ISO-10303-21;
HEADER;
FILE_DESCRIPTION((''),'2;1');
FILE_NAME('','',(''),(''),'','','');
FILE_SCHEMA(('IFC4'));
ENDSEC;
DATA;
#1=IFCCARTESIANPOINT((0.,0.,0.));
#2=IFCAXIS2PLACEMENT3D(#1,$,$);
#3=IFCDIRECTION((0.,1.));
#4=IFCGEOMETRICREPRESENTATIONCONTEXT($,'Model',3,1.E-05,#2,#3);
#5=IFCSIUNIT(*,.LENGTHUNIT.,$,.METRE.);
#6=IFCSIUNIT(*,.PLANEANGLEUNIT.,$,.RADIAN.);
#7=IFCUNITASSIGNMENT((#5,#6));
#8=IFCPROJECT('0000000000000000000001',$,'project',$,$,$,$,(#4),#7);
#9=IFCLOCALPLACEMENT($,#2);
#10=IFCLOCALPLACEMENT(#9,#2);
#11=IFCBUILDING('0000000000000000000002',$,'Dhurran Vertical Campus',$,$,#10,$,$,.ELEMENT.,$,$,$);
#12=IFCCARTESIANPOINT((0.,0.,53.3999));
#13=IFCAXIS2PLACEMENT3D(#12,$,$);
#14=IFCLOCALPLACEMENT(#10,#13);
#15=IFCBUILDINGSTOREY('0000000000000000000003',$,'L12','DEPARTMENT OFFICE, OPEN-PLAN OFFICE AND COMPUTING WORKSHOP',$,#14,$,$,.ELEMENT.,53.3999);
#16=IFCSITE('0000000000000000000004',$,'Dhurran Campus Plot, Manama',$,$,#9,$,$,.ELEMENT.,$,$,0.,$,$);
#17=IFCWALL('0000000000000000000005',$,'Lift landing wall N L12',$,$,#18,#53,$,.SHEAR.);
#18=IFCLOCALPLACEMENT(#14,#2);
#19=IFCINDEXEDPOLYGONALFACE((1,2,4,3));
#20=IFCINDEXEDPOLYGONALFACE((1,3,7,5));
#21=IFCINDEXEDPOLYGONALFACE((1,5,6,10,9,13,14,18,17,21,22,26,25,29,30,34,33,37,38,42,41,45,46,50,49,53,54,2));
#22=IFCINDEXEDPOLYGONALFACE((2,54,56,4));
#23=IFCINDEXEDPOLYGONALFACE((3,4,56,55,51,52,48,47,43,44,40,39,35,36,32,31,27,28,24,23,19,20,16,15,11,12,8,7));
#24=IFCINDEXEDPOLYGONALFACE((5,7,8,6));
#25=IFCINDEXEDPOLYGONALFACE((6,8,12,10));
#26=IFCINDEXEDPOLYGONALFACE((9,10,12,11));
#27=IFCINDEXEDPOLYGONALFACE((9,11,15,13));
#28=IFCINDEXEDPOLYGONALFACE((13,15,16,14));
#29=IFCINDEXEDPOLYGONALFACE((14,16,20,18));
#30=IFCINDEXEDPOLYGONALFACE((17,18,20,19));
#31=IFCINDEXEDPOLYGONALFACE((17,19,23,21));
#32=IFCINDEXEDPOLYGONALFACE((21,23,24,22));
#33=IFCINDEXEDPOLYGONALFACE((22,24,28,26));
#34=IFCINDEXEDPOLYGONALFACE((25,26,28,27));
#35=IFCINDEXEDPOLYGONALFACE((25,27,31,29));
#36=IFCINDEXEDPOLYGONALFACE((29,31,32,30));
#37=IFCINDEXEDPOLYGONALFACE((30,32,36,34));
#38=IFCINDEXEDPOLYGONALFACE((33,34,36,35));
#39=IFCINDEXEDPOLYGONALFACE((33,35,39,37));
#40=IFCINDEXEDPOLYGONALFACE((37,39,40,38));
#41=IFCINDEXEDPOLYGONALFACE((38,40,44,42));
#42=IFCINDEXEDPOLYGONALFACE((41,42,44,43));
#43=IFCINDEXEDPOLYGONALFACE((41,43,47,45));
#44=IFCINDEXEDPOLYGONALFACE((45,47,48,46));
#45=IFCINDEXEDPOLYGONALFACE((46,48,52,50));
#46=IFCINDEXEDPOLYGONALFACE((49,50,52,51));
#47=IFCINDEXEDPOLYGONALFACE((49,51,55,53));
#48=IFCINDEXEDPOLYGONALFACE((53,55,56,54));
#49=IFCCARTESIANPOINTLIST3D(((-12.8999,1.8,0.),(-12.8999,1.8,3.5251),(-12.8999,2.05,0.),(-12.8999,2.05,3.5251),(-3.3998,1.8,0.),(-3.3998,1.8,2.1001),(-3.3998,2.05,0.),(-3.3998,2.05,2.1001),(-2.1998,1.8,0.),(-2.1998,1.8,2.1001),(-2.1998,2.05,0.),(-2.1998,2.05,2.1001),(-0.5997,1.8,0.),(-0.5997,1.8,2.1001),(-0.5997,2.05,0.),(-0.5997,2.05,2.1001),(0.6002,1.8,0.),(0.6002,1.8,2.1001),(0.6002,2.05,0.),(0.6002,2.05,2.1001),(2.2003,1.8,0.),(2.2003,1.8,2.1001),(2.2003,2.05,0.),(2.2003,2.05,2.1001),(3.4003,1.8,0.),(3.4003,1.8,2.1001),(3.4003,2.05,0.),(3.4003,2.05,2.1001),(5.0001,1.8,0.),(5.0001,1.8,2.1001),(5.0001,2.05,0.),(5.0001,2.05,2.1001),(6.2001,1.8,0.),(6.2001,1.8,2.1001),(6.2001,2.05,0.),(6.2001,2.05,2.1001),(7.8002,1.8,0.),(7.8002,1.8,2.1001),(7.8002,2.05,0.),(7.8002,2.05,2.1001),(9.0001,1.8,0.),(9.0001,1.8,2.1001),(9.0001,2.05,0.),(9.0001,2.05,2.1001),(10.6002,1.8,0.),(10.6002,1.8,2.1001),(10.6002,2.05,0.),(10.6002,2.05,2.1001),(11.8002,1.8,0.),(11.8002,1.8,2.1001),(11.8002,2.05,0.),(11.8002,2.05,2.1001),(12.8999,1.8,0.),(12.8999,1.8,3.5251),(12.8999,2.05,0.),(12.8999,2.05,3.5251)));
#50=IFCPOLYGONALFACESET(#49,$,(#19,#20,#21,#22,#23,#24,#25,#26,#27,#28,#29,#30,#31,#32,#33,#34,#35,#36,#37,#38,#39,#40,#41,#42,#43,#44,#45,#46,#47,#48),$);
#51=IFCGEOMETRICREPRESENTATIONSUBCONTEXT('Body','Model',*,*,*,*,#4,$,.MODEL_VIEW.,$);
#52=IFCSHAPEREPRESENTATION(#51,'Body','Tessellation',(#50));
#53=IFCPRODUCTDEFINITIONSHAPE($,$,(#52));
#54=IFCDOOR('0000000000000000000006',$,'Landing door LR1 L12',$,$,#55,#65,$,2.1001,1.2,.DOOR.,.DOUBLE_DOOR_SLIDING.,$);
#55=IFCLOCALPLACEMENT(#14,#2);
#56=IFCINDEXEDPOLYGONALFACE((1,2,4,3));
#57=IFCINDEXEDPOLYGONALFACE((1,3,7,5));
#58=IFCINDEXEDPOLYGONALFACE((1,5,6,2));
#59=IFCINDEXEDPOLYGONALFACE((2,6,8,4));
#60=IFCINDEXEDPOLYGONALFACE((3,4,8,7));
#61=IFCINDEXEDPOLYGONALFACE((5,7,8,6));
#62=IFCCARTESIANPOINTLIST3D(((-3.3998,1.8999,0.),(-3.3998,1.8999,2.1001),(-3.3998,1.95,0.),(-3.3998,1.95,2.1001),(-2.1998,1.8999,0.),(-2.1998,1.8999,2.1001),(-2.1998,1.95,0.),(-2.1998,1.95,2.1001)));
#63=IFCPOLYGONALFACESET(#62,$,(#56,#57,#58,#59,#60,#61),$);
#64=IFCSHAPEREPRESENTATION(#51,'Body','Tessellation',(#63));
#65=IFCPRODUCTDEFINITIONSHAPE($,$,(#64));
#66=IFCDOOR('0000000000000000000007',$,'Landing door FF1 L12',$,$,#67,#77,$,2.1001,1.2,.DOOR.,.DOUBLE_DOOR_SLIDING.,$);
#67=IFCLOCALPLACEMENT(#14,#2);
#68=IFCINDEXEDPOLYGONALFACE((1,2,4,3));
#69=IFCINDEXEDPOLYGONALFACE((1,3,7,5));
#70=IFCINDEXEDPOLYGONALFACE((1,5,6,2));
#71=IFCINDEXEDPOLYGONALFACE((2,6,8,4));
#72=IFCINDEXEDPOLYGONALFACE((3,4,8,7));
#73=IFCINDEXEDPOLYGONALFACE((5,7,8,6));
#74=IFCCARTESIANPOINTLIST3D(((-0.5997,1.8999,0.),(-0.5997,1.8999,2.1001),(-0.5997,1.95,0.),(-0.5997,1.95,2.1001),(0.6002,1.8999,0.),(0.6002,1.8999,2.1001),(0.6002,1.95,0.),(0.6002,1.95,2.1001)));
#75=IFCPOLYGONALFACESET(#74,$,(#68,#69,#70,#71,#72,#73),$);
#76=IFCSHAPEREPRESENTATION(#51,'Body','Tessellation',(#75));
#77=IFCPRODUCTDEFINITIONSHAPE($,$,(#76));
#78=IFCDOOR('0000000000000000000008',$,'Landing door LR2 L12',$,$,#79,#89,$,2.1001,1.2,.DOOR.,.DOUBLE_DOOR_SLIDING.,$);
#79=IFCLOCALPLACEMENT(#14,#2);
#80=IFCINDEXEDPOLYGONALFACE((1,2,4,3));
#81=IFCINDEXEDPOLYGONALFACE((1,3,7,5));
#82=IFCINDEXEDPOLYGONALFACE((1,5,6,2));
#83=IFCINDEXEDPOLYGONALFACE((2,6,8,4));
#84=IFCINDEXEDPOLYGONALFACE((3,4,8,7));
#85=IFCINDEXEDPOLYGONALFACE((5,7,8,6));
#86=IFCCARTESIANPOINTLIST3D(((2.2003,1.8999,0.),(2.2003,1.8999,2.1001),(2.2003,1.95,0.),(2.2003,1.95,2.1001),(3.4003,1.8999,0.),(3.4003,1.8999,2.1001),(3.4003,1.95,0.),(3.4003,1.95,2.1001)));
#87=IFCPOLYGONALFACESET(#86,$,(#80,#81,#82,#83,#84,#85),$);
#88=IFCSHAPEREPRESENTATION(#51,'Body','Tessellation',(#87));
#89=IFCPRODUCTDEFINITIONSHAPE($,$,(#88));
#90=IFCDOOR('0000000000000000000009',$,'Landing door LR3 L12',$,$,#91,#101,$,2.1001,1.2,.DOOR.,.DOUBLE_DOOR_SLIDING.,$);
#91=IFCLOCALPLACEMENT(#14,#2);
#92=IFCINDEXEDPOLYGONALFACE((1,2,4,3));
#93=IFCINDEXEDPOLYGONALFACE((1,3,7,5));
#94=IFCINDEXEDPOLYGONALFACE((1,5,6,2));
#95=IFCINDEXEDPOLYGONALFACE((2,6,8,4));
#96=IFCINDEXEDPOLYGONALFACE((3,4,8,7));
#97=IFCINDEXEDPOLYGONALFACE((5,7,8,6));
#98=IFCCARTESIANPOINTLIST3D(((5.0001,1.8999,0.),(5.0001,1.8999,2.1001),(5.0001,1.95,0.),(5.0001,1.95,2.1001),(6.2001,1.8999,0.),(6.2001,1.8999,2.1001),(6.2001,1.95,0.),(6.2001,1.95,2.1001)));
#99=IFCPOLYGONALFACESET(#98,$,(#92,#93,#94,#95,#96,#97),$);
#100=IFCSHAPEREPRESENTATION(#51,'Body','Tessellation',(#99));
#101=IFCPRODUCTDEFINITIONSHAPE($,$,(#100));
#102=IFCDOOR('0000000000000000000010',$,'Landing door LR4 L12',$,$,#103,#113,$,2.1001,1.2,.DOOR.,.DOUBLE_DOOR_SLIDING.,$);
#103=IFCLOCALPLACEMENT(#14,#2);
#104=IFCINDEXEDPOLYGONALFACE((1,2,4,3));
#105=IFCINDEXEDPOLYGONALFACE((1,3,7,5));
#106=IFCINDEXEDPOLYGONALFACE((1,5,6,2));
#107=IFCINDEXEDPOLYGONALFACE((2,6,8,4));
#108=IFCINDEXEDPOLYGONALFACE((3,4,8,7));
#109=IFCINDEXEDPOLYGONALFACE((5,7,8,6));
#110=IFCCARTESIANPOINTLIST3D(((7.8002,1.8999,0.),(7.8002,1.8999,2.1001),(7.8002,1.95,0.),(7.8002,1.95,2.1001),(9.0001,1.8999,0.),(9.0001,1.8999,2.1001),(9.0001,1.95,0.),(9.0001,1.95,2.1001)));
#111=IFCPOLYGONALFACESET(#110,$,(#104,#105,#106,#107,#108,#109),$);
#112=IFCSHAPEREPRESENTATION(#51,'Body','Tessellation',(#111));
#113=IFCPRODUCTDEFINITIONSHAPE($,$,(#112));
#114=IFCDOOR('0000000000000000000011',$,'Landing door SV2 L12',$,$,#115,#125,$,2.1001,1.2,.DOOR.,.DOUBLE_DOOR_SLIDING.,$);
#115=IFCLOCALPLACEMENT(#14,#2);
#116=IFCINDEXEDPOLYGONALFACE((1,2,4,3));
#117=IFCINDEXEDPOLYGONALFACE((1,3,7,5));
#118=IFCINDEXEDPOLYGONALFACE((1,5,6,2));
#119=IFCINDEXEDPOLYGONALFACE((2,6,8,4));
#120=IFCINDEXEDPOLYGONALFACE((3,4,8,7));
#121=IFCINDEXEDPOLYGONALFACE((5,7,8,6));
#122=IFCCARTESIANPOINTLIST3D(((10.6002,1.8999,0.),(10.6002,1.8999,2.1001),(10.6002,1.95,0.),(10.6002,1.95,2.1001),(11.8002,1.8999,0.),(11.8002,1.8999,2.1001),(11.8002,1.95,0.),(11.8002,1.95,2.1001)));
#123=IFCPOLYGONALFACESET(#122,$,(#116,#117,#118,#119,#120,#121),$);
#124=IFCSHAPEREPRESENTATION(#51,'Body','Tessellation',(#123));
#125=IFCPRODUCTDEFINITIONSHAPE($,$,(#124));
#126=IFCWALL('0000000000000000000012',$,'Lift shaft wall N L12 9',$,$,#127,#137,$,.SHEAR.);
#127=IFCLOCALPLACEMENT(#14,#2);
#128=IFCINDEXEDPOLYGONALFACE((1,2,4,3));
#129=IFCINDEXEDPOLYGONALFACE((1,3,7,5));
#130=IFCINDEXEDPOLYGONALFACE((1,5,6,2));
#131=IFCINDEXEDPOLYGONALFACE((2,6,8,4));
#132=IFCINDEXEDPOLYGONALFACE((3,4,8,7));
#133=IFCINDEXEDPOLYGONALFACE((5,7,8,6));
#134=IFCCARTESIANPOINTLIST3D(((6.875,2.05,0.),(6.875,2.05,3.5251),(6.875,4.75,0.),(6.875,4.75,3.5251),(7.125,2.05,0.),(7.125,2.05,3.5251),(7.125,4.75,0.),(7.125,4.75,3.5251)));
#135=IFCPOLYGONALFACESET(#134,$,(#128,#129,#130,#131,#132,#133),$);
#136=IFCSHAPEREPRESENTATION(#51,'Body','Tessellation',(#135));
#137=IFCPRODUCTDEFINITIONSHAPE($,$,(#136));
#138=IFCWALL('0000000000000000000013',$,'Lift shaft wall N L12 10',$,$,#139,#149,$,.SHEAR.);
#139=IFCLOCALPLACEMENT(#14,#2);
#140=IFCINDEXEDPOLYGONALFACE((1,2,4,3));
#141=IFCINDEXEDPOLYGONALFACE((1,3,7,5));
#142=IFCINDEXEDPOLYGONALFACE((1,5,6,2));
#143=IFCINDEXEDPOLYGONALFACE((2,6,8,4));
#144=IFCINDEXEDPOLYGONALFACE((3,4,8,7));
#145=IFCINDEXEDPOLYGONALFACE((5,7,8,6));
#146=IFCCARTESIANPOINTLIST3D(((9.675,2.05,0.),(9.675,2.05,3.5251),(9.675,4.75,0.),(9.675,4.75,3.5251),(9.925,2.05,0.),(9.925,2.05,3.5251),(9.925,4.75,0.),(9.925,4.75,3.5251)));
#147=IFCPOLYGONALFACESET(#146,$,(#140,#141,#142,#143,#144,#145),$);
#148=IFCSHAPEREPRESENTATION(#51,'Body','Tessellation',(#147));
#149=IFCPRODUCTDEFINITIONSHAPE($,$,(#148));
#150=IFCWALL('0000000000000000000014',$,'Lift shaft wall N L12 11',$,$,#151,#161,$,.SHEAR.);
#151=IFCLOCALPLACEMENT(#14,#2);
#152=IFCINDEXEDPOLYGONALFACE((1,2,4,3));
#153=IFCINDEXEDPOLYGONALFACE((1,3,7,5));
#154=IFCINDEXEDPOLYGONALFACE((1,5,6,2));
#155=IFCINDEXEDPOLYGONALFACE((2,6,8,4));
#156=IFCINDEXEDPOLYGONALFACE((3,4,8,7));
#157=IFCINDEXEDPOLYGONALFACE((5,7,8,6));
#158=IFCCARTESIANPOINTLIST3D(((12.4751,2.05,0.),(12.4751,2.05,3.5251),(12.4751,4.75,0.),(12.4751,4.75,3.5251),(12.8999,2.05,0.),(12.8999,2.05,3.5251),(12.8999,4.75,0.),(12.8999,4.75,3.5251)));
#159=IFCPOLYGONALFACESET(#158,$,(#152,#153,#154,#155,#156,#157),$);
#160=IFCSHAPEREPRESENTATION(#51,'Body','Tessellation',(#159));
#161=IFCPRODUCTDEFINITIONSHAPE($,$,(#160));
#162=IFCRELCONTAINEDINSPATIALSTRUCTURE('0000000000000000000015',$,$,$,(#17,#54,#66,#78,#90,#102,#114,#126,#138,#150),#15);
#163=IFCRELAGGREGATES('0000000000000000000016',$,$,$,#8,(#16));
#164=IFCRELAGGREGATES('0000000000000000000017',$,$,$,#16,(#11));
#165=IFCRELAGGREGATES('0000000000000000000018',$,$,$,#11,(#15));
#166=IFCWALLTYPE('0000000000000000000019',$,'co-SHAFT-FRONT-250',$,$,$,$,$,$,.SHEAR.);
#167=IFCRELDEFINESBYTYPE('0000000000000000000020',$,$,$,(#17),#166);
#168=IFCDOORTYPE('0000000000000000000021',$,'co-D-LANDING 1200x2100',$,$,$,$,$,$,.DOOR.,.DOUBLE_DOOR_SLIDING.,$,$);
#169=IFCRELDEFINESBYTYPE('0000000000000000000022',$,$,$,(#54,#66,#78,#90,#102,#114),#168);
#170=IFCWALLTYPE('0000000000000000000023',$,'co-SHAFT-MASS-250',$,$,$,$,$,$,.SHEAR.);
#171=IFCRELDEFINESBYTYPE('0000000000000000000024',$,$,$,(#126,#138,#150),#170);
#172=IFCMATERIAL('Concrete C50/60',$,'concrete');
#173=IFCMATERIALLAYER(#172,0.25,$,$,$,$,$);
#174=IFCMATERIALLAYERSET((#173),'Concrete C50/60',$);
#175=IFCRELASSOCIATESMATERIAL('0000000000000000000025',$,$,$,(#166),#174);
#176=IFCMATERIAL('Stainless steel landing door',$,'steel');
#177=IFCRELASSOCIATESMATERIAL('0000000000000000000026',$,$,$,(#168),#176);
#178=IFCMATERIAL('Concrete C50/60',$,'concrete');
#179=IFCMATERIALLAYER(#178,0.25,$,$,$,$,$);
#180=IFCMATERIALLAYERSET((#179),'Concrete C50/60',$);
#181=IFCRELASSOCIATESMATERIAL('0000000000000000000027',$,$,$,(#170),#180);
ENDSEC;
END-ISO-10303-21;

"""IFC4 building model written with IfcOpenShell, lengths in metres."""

from ifc_helpers import new_model, si_unit, direction, frame, frame_2d, origin, place, context, subcontext, project, spatial, polyline, rectangle, outline, extrude, material, layer, layer_set, type_object, element, fill, save


model = new_model("IFC4")

# Units and contexts
model_context = context("Model", 3, precision=1e-05, world=origin(), true_north=direction((0.0, 1.0)))
body_context = subcontext(model_context, "Body", "Model", "MODEL_VIEW")
ifc_project = project(units=[si_unit("LENGTHUNIT", "METRE"), si_unit("PLANEANGLEUNIT", "RADIAN")], contexts=[model_context])

# Site, building, storey
site_placement = place(None, origin())
site = spatial("IfcSite", under=ifc_project, at=site_placement, Name="Dhurran Campus Plot, Manama", CompositionType="ELEMENT", RefElevation=0.0)
building_placement = place(site_placement, origin())
building = spatial("IfcBuilding", under=site, at=building_placement, Name="Dhurran Vertical Campus", CompositionType="ELEMENT")
storey_placement = place(building_placement, frame((0.0, 0.0, 53.3999)))
storey = spatial("IfcBuildingStorey", under=building, at=storey_placement, Name="L12", Description="DEPARTMENT OFFICE, OPEN-PLAN OFFICE AND COMPUTING WORKSHOP", CompositionType="ELEMENT", Elevation=53.3999)

# Wall, openings, doors
ifc_material_1 = material(Name="Concrete C50/60", Category="concrete")
ifc_layer_1 = layer(ifc_material_1, 0.25)
ifc_layer_set_1 = layer_set([ifc_layer_1], Name="Concrete C50/60")
wall_type_1 = type_object("IfcWallType", Name="co-SHAFT-FRONT-250", PredefinedType="SHEAR", material=ifc_layer_set_1)
wall_1_placement = place(storey_placement, frame((-12.8999, 1.925, 0.0), z_axis=(0.0, 0.0, 1.0), x_axis=(1.0, 0.0, 0.0)))
wall_1 = element("IfcWall", 1, at=wall_1_placement, inside=storey, type_object=wall_type_1, Name="Lift landing wall N L12", PredefinedType="SHEAR", context=body_context, shape_type="SweptSolid", body=[
    extrude(rectangle(XDim=25.7998, YDim=0.25, at=frame_2d((12.8999, 0.0))), origin(), (0.0, 0.0, 1.0), 3.5251),
])
opening_1_placement = place(wall_1_placement, frame((9.5, 0.0, 0.0)))
opening_1 = element("IfcOpeningElement", 2, at=opening_1_placement, cuts=wall_1, PredefinedType="OPENING", context=body_context, shape_type="SweptSolid", body=[
    extrude(rectangle(XDim=1.2, YDim=2.1001, at=frame_2d((0.6001, 1.05))), frame((0.0, 0.135, 0.0), z_axis=(0.0, -1.0, 0.0), x_axis=(1.0, 0.0, 0.0)), (0.0, 0.0, 1.0), 0.27),
])
opening_2_placement = place(wall_1_placement, frame((12.3, 0.0, 0.0)))
opening_2 = element("IfcOpeningElement", 3, at=opening_2_placement, cuts=wall_1, PredefinedType="OPENING", context=body_context, shape_type="SweptSolid", body=[
    extrude(rectangle(XDim=1.2, YDim=2.1001, at=frame_2d((0.6001, 1.05))), frame((0.0, 0.135, 0.0), z_axis=(0.0, -1.0, 0.0), x_axis=(1.0, 0.0, 0.0)), (0.0, 0.0, 1.0), 0.27),
])
opening_3_placement = place(wall_1_placement, frame((15.1001, 0.0, 0.0)))
opening_3 = element("IfcOpeningElement", 4, at=opening_3_placement, cuts=wall_1, PredefinedType="OPENING", context=body_context, shape_type="SweptSolid", body=[
    extrude(rectangle(XDim=1.2, YDim=2.1001, at=frame_2d((0.6001, 1.05))), frame((0.0, 0.135, 0.0), z_axis=(0.0, -1.0, 0.0), x_axis=(1.0, 0.0, 0.0)), (0.0, 0.0, 1.0), 0.27),
])
opening_4_placement = place(wall_1_placement, frame((17.8999, 0.0, 0.0)))
opening_4 = element("IfcOpeningElement", 5, at=opening_4_placement, cuts=wall_1, PredefinedType="OPENING", context=body_context, shape_type="SweptSolid", body=[
    extrude(rectangle(XDim=1.2, YDim=2.1001, at=frame_2d((0.6001, 1.05))), frame((0.0, 0.135, 0.0), z_axis=(0.0, -1.0, 0.0), x_axis=(1.0, 0.0, 0.0)), (0.0, 0.0, 1.0), 0.27),
])
opening_5_placement = place(wall_1_placement, frame((20.7, 0.0, 0.0)))
opening_5 = element("IfcOpeningElement", 6, at=opening_5_placement, cuts=wall_1, PredefinedType="OPENING", context=body_context, shape_type="SweptSolid", body=[
    extrude(rectangle(XDim=1.2, YDim=2.1001, at=frame_2d((0.6001, 1.05))), frame((0.0, 0.135, 0.0), z_axis=(0.0, -1.0, 0.0), x_axis=(1.0, 0.0, 0.0)), (0.0, 0.0, 1.0), 0.27),
])
opening_6_placement = place(wall_1_placement, frame((23.5, 0.0, 0.0)))
opening_6 = element("IfcOpeningElement", 7, at=opening_6_placement, cuts=wall_1, PredefinedType="OPENING", context=body_context, shape_type="SweptSolid", body=[
    extrude(rectangle(XDim=1.2, YDim=2.1001, at=frame_2d((0.6001, 1.05))), frame((0.0, 0.135, 0.0), z_axis=(0.0, -1.0, 0.0), x_axis=(1.0, 0.0, 0.0)), (0.0, 0.0, 1.0), 0.27),
])
ifc_material_2 = material(Name="Stainless steel landing door", Category="steel")
door_type_1 = type_object("IfcDoorType", Name="co-D-LANDING 1200x2100", OperationType="DOUBLE_DOOR_SLIDING", PredefinedType="DOOR", material=ifc_material_2)
door_1_placement = place(opening_1_placement, origin())
door_1 = element("IfcDoor", 8, at=door_1_placement, inside=storey, type_object=door_type_1, Name="Landing door LR1 L12", OperationType="DOUBLE_DOOR_SLIDING", OverallHeight=2.1001, OverallWidth=1.2, PredefinedType="DOOR", context=body_context, shape_type="SweptSolid", body=[
    extrude(rectangle(XDim=1.2, YDim=2.1001, at=frame_2d((0.6001, 1.05))), frame((0.0, 0.0249, 0.0), z_axis=(0.0, -1.0, 0.0), x_axis=(1.0, 0.0, 0.0)), (0.0, 0.0, 1.0), 0.05),
])
fill(opening_1, door_1)
door_2_placement = place(opening_2_placement, origin())
door_2 = element("IfcDoor", 9, at=door_2_placement, inside=storey, type_object=door_type_1, Name="Landing door FF1 L12", OperationType="DOUBLE_DOOR_SLIDING", OverallHeight=2.1001, OverallWidth=1.2, PredefinedType="DOOR", context=body_context, shape_type="SweptSolid", body=[
    extrude(rectangle(XDim=1.2, YDim=2.1001, at=frame_2d((0.6001, 1.05))), frame((0.0, 0.0249, 0.0), z_axis=(0.0, -1.0, 0.0), x_axis=(1.0, 0.0, 0.0)), (0.0, 0.0, 1.0), 0.05),
])
fill(opening_2, door_2)
door_3_placement = place(opening_3_placement, origin())
door_3 = element("IfcDoor", 10, at=door_3_placement, inside=storey, type_object=door_type_1, Name="Landing door LR2 L12", OperationType="DOUBLE_DOOR_SLIDING", OverallHeight=2.1001, OverallWidth=1.2, PredefinedType="DOOR", context=body_context, shape_type="SweptSolid", body=[
    extrude(rectangle(XDim=1.2, YDim=2.1001, at=frame_2d((0.6001, 1.05))), frame((0.0, 0.0249, 0.0), z_axis=(0.0, -1.0, 0.0), x_axis=(1.0, 0.0, 0.0)), (0.0, 0.0, 1.0), 0.05),
])
fill(opening_3, door_3)
door_4_placement = place(opening_4_placement, origin())
door_4 = element("IfcDoor", 11, at=door_4_placement, inside=storey, type_object=door_type_1, Name="Landing door LR3 L12", OperationType="DOUBLE_DOOR_SLIDING", OverallHeight=2.1001, OverallWidth=1.2, PredefinedType="DOOR", context=body_context, shape_type="SweptSolid", body=[
    extrude(rectangle(XDim=1.2, YDim=2.1001, at=frame_2d((0.6001, 1.05))), frame((0.0, 0.0249, 0.0), z_axis=(0.0, -1.0, 0.0), x_axis=(1.0, 0.0, 0.0)), (0.0, 0.0, 1.0), 0.05),
])
fill(opening_4, door_4)
door_5_placement = place(opening_5_placement, origin())
door_5 = element("IfcDoor", 12, at=door_5_placement, inside=storey, type_object=door_type_1, Name="Landing door LR4 L12", OperationType="DOUBLE_DOOR_SLIDING", OverallHeight=2.1001, OverallWidth=1.2, PredefinedType="DOOR", context=body_context, shape_type="SweptSolid", body=[
    extrude(rectangle(XDim=1.2, YDim=2.1001, at=frame_2d((0.6001, 1.05))), frame((0.0, 0.0249, 0.0), z_axis=(0.0, -1.0, 0.0), x_axis=(1.0, 0.0, 0.0)), (0.0, 0.0, 1.0), 0.05),
])
fill(opening_5, door_5)
door_6_placement = place(opening_6_placement, origin())
door_6 = element("IfcDoor", 13, at=door_6_placement, inside=storey, type_object=door_type_1, Name="Landing door SV2 L12", OperationType="DOUBLE_DOOR_SLIDING", OverallHeight=2.1001, OverallWidth=1.2, PredefinedType="DOOR", context=body_context, shape_type="SweptSolid", body=[
    extrude(rectangle(XDim=1.2, YDim=2.1001, at=frame_2d((0.6001, 1.05))), frame((0.0, 0.0249, 0.0), z_axis=(0.0, -1.0, 0.0), x_axis=(1.0, 0.0, 0.0)), (0.0, 0.0, 1.0), 0.05),
])
fill(opening_6, door_6)

# Walls
ifc_material_3 = material(Name="Concrete C50/60", Category="concrete")
ifc_layer_2 = layer(ifc_material_3, 0.25)
ifc_layer_set_2 = layer_set([ifc_layer_2], Name="Concrete C50/60")
wall_type_2 = type_object("IfcWallType", Name="co-SHAFT-MASS-250", PredefinedType="SHEAR", material=ifc_layer_set_2)
wall_2_placement = place(storey_placement, origin())
element("IfcWall", 14, at=wall_2_placement, inside=storey, type_object=wall_type_2, Name="Lift shaft wall N L12 9", PredefinedType="SHEAR", context=body_context, shape_type="SweptSolid", body=[
    extrude(outline(polyline([(6.875, 2.05), (7.125, 2.05), (7.125, 4.75), (6.875, 4.75), (6.875, 2.05)])), origin(), (0.0, 0.0, 1.0), 3.5251),
])
wall_3_placement = place(storey_placement, origin())
element("IfcWall", 15, at=wall_3_placement, inside=storey, type_object=wall_type_2, Name="Lift shaft wall N L12 10", PredefinedType="SHEAR", context=body_context, shape_type="SweptSolid", body=[
    extrude(outline(polyline([(9.675, 2.05), (9.925, 2.05), (9.925, 4.75), (9.675, 4.75), (9.675, 2.05)])), origin(), (0.0, 0.0, 1.0), 3.5251),
])
wall_4_placement = place(storey_placement, origin())
element("IfcWall", 16, at=wall_4_placement, inside=storey, type_object=wall_type_2, Name="Lift shaft wall N L12 11", PredefinedType="SHEAR", context=body_context, shape_type="SweptSolid", body=[
    extrude(outline(polyline([(12.4751, 2.05), (12.8999, 2.05), (12.8999, 4.75), (12.4751, 4.75), (12.4751, 2.05)])), origin(), (0.0, 0.0, 1.0), 3.5251),
])

save(model, "model.ifc")
